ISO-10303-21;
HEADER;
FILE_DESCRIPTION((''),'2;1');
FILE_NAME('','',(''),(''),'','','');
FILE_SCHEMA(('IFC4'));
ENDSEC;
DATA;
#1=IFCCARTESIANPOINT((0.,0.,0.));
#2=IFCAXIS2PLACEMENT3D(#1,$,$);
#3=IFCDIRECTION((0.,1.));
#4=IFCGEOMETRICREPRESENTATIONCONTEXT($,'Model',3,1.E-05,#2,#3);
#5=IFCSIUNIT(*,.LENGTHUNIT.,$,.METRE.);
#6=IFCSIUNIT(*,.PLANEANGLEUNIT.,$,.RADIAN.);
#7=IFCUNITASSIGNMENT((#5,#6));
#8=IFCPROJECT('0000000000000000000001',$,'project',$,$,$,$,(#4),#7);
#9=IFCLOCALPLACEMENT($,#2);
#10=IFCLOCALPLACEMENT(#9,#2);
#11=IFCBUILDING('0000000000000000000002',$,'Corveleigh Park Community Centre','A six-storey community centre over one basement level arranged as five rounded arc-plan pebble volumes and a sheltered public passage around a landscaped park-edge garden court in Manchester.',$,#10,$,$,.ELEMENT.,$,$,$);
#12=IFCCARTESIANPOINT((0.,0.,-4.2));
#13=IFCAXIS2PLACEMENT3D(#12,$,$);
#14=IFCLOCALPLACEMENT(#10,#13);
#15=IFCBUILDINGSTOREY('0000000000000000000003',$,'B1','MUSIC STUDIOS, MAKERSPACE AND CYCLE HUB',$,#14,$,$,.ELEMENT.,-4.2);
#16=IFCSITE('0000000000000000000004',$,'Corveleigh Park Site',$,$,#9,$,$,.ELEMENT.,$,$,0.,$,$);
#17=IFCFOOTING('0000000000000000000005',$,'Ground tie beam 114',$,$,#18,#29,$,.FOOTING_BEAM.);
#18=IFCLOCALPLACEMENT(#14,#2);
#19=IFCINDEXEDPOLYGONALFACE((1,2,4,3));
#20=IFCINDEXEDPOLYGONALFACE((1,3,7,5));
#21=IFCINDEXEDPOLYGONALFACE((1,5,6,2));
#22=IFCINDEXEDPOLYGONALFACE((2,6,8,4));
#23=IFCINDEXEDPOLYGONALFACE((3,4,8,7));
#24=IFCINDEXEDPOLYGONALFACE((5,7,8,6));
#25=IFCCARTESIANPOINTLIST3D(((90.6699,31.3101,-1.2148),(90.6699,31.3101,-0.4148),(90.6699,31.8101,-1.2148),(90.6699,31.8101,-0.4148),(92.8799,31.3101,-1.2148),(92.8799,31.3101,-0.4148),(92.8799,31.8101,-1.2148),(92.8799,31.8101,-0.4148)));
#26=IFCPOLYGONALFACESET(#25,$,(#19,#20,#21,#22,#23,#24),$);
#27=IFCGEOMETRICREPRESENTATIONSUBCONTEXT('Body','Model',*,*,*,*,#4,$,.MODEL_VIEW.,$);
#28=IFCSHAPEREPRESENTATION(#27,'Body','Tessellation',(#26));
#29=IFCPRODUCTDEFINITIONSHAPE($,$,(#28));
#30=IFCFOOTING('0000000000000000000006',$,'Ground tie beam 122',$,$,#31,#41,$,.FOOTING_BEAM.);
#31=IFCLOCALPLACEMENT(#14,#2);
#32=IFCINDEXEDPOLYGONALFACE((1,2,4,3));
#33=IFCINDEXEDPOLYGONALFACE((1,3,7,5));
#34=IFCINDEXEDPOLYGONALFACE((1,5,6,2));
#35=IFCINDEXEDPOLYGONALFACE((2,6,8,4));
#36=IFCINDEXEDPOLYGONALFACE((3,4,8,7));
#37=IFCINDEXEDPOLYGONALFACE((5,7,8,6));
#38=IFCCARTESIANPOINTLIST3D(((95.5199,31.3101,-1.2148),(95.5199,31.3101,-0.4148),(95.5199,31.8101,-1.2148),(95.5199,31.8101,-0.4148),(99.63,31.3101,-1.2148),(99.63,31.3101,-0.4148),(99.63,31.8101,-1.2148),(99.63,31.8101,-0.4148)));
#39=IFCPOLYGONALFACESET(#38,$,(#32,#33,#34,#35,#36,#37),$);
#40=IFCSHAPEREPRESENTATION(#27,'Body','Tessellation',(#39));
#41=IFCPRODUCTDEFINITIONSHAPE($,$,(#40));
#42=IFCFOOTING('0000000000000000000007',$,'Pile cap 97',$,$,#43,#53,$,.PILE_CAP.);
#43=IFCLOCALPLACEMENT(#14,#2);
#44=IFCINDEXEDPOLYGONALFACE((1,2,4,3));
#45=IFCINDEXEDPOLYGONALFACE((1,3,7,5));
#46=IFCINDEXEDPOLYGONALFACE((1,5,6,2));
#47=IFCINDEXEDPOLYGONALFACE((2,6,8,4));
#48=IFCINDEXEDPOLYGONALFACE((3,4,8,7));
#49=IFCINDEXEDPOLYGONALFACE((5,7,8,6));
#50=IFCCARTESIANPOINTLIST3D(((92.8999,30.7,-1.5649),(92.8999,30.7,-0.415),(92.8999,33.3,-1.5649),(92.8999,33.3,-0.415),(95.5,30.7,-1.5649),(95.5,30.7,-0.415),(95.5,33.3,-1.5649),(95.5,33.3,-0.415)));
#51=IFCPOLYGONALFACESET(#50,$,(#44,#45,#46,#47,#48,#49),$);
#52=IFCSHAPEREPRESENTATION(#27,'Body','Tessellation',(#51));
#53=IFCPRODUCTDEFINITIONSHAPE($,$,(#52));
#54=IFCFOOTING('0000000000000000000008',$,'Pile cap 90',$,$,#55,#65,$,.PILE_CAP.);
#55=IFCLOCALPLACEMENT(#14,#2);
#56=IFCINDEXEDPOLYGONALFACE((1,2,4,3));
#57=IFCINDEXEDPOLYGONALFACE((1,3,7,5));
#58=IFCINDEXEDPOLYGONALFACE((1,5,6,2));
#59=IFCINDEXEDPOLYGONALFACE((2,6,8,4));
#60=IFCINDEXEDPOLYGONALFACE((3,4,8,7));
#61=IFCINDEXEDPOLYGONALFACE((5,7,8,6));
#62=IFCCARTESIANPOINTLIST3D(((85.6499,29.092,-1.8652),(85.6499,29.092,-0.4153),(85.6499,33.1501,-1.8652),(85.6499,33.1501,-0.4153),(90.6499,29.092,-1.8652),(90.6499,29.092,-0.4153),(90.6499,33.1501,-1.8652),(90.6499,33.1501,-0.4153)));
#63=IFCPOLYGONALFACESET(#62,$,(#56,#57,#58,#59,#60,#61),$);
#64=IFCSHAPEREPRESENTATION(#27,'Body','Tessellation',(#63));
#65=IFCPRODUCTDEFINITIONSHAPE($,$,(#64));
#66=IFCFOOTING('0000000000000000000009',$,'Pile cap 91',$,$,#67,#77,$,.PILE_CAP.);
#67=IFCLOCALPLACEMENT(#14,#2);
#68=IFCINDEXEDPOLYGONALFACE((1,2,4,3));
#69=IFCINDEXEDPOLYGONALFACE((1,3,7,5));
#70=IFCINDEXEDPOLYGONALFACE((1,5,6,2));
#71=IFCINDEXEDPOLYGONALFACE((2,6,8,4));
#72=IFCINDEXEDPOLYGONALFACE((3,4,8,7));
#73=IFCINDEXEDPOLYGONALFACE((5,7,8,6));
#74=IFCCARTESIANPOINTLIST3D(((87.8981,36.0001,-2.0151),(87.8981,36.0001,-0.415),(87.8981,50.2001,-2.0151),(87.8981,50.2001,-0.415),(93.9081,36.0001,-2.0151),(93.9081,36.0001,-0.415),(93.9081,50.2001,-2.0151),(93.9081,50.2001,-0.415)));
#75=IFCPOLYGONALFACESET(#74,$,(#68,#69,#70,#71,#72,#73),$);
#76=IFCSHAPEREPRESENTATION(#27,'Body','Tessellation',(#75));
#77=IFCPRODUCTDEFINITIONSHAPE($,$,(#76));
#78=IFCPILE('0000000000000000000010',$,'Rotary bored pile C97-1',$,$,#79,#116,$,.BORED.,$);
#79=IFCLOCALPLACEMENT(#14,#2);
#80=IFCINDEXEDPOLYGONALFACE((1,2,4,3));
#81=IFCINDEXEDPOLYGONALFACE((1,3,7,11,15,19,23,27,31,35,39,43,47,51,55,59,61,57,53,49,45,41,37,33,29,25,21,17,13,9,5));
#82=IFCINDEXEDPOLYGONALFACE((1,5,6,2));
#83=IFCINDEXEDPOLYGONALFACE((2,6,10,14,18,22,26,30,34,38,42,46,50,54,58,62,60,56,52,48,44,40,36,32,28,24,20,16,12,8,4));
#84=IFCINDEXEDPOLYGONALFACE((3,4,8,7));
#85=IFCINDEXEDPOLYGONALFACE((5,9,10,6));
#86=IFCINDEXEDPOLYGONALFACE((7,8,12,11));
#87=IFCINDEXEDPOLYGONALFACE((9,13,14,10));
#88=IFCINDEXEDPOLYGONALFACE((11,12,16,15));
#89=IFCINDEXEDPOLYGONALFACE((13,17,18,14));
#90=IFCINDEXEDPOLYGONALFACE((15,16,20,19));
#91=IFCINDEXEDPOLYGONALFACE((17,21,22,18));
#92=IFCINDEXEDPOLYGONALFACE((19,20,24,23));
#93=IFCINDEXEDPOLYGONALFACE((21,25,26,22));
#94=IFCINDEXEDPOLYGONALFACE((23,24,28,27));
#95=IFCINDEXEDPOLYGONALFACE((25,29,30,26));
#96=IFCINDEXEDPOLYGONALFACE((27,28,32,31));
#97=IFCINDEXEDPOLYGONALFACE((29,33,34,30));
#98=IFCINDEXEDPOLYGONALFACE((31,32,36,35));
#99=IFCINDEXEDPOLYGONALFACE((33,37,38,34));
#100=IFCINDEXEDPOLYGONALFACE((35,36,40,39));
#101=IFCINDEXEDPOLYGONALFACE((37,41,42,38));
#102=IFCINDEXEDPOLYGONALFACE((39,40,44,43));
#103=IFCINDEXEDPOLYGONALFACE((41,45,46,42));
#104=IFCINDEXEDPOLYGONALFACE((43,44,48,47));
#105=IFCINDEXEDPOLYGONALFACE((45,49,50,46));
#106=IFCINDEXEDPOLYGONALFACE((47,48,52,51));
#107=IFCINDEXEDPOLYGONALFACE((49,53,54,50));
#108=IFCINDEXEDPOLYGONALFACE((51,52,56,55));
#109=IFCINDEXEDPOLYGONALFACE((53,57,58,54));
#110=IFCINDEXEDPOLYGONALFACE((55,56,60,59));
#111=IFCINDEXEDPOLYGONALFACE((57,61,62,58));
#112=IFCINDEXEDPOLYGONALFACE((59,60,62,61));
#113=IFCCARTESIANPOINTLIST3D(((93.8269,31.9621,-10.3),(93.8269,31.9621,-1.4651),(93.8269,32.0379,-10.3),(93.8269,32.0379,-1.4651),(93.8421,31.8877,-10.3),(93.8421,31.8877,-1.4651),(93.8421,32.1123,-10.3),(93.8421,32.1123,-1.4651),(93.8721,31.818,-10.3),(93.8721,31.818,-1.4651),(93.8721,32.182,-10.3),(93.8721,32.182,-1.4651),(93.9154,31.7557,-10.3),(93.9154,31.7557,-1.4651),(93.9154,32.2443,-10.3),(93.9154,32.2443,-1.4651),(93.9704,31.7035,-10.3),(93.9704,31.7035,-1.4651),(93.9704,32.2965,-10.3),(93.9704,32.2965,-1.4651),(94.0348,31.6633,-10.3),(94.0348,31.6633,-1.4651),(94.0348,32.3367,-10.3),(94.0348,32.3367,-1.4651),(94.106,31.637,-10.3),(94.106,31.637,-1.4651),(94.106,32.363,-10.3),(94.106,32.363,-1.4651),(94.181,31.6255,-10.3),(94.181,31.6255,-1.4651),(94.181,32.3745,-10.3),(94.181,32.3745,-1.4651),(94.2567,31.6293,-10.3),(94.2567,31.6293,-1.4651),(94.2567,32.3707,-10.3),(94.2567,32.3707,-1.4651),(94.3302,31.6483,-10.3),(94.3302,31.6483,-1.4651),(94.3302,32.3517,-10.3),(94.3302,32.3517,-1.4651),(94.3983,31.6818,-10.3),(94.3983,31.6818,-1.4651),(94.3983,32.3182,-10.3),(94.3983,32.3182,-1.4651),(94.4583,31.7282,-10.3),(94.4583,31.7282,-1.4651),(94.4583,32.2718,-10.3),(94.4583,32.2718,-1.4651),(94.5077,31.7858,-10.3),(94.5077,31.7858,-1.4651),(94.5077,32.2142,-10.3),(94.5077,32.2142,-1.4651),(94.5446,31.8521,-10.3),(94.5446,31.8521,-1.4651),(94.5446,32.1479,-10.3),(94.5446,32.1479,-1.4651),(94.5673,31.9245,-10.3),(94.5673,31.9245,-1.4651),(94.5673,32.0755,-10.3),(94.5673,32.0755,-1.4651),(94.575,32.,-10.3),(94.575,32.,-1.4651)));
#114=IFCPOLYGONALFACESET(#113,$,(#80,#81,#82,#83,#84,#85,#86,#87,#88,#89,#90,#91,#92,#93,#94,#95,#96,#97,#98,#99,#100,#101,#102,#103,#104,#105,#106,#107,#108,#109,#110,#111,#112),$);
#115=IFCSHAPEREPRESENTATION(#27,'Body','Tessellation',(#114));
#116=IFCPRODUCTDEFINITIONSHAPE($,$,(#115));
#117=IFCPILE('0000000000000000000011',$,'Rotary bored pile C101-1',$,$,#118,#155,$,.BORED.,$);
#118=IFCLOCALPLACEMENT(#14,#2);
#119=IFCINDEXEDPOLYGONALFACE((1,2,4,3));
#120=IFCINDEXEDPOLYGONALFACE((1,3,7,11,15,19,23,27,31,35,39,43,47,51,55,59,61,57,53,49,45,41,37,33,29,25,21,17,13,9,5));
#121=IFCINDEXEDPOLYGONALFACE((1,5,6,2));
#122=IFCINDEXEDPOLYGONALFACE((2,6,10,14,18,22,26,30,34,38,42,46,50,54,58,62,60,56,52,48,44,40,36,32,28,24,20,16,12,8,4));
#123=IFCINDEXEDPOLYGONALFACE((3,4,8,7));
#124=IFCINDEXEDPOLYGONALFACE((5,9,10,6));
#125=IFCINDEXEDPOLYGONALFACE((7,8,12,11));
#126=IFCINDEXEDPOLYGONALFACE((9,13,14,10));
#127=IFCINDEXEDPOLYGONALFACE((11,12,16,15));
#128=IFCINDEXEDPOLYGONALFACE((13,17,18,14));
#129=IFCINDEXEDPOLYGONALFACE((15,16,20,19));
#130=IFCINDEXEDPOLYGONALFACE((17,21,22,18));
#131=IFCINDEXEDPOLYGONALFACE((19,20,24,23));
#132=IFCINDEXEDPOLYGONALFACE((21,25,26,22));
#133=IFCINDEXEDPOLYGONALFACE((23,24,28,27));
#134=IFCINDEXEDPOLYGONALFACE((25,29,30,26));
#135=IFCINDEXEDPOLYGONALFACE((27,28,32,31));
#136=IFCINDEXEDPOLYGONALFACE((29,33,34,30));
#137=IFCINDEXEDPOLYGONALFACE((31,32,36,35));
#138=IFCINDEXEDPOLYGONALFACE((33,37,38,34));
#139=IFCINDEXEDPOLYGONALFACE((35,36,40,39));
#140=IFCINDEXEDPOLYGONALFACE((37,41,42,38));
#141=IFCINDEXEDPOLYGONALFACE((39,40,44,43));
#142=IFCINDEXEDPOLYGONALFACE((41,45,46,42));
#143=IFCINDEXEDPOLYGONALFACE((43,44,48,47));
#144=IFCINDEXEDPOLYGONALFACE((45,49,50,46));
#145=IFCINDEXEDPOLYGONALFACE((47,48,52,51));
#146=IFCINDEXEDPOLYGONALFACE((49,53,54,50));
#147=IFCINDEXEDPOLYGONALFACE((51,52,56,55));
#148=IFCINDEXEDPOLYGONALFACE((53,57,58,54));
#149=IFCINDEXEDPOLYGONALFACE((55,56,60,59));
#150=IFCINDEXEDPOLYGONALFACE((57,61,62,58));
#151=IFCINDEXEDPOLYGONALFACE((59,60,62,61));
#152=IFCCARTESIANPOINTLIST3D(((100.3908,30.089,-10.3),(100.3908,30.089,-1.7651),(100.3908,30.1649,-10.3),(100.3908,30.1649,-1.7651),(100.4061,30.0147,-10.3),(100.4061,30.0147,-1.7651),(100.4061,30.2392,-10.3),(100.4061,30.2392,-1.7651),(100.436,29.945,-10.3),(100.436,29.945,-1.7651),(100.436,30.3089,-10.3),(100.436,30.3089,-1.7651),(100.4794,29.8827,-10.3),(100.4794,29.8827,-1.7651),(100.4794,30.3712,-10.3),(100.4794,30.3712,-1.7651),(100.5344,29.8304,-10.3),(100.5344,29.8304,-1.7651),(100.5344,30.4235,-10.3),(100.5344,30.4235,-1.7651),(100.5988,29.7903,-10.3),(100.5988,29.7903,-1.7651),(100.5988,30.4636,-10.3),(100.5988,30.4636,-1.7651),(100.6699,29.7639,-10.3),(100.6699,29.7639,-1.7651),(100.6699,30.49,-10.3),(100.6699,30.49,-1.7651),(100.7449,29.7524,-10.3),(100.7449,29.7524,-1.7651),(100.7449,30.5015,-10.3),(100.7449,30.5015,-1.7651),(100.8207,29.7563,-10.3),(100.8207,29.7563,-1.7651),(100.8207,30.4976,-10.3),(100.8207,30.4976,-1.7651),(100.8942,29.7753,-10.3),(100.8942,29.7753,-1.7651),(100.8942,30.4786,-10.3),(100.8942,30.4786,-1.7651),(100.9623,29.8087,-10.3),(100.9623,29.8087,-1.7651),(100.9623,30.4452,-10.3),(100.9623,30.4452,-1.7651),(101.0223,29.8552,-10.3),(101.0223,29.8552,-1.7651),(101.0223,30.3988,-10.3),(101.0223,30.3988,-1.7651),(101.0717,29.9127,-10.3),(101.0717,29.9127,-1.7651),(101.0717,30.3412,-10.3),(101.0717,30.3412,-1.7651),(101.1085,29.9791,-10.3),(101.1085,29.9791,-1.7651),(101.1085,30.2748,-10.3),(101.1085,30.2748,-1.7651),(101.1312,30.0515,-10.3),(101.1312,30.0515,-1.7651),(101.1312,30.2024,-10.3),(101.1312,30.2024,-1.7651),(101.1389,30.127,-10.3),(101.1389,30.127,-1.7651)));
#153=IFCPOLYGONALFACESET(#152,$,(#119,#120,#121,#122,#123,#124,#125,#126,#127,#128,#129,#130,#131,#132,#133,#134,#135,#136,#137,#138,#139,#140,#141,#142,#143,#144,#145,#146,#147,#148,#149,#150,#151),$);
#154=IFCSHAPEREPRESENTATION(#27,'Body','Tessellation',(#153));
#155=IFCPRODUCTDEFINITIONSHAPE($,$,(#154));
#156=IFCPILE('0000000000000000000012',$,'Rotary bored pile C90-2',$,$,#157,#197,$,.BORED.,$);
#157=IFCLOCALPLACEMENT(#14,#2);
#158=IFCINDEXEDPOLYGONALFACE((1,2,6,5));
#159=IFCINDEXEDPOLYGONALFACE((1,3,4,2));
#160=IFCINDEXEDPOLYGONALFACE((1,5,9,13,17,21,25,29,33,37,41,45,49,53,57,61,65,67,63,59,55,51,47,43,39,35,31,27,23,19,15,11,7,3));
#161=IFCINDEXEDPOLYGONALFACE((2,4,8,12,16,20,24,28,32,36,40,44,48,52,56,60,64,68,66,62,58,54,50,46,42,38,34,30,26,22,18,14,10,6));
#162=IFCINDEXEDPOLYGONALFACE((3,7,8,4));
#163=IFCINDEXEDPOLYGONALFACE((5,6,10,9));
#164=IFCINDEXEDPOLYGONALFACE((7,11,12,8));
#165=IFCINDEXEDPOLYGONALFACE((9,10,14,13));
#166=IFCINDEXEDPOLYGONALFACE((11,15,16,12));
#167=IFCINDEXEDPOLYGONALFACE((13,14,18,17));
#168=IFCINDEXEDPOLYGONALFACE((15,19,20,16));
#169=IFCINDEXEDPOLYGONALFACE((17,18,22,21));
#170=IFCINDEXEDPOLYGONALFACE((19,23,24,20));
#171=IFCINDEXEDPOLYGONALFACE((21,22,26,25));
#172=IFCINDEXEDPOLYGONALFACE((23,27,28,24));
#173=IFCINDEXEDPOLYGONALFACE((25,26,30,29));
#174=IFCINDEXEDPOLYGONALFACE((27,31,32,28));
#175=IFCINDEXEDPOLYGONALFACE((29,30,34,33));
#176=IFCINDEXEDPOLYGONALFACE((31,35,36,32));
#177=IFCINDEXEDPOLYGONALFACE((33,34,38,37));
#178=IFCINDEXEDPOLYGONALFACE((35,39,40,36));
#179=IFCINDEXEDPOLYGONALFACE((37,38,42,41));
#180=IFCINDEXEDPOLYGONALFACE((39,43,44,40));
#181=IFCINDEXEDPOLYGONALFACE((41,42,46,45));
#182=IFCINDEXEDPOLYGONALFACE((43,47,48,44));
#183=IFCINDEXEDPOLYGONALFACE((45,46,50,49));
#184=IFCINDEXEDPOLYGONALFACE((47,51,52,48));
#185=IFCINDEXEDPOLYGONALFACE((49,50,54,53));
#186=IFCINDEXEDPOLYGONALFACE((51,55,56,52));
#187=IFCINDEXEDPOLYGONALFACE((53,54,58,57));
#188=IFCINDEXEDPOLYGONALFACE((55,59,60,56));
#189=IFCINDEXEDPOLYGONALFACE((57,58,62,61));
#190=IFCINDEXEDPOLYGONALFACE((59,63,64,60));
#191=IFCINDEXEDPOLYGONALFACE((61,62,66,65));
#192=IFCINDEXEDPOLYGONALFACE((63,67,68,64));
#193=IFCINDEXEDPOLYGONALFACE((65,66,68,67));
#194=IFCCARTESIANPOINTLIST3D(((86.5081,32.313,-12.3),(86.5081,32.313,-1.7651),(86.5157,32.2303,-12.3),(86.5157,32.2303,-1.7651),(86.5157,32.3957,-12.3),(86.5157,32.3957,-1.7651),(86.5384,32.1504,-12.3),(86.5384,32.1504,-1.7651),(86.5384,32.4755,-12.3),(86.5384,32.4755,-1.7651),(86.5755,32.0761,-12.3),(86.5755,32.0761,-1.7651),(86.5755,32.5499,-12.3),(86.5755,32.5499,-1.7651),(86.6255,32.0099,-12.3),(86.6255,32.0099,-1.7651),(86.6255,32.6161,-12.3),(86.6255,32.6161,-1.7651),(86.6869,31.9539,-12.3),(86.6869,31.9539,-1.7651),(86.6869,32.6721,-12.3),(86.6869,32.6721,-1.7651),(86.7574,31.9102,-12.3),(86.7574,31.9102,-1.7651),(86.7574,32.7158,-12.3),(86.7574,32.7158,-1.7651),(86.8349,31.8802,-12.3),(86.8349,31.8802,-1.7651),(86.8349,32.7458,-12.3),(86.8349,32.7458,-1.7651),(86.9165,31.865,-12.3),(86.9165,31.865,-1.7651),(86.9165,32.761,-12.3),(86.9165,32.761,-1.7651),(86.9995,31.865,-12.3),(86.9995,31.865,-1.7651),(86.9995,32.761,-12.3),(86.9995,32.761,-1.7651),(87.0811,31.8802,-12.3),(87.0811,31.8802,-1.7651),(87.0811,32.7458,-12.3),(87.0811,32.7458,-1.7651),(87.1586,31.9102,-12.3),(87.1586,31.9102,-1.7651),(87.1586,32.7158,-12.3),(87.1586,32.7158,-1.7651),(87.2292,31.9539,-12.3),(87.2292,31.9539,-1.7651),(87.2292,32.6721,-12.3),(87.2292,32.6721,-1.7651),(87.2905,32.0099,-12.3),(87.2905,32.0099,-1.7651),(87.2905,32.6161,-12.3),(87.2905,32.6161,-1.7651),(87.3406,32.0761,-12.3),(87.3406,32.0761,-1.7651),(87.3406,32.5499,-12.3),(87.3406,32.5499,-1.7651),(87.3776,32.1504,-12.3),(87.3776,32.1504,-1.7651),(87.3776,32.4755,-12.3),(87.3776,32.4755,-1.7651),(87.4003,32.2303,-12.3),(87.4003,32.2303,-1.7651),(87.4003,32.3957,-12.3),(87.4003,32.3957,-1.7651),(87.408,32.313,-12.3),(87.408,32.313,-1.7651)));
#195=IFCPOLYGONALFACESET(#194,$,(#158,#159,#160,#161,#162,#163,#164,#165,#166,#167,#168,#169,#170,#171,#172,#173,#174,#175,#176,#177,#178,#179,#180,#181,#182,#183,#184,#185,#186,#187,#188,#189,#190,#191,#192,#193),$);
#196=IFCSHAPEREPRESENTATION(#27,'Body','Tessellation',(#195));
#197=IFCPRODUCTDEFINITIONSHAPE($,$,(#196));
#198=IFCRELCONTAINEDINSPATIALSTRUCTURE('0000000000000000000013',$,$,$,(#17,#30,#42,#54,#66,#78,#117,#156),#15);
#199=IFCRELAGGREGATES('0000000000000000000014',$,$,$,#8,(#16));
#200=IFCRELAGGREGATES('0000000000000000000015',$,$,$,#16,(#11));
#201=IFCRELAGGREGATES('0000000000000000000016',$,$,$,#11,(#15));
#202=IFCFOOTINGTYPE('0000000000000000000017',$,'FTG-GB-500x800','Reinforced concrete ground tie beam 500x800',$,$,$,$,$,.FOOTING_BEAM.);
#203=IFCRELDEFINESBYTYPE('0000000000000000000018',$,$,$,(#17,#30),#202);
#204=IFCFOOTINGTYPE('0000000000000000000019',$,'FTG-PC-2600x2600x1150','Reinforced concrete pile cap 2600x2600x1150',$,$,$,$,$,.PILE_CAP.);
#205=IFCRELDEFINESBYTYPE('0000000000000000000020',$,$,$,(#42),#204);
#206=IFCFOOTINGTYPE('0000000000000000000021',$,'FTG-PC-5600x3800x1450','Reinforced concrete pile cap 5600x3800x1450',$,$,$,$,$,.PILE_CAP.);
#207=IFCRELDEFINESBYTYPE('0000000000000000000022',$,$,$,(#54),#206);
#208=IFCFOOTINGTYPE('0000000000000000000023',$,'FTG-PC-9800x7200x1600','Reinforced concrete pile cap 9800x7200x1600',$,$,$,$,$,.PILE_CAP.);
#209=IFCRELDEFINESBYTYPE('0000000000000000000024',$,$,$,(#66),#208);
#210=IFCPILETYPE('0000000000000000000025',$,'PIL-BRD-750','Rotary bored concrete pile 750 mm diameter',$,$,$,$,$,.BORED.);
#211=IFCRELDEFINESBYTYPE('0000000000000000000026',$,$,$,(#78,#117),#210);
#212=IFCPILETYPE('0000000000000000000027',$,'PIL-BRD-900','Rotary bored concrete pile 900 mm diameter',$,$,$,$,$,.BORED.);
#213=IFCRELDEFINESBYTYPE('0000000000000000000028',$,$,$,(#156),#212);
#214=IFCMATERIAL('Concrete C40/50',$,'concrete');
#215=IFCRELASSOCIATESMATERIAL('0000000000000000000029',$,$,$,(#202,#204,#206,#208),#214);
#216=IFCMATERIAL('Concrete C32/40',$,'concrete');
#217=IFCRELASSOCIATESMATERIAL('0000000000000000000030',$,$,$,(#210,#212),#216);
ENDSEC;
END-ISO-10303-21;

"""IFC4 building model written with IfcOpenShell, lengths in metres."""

from ifc_helpers import new_model, si_unit, direction, frame, origin, origin_2d, place, context, subcontext, project, spatial, rectangle, circle, extrude, material, material_profile, profile_set, type_object, element, save


model = new_model("IFC4")

# Units and contexts
model_context = context("Model", 3, precision=1e-05, world=origin(), true_north=direction((0.0, 1.0)))
body_context = subcontext(model_context, "Body", "Model", "MODEL_VIEW")
ifc_project = project(units=[si_unit("LENGTHUNIT", "METRE"), si_unit("PLANEANGLEUNIT", "RADIAN")], contexts=[model_context])

# Site, building, storey
site_placement = place(None, origin())
site = spatial("IfcSite", under=ifc_project, at=site_placement, Name="Corveleigh Park Site", CompositionType="ELEMENT", RefElevation=0.0)
building_placement = place(site_placement, origin())
building = spatial("IfcBuilding", under=site, at=building_placement, Name="Corveleigh Park Community Centre", Description="A six-storey community centre over one basement level arranged as five rounded arc-plan pebble volumes and a sheltered public passage around a landscaped park-edge garden court in Manchester.", CompositionType="ELEMENT")
storey_placement = place(building_placement, frame((0.0, 0.0, -4.2)))
storey = spatial("IfcBuildingStorey", under=building, at=storey_placement, Name="B1", Description="MUSIC STUDIOS, MAKERSPACE AND CYCLE HUB", CompositionType="ELEMENT", Elevation=-4.2)

# Footings
ifc_material_1 = material(Name="Concrete C40/50", Category="concrete")
footing_type_1 = type_object("IfcFootingType", Name="FTG-GB-500x800", Description="Reinforced concrete ground tie beam 500x800", PredefinedType="FOOTING_BEAM", material=ifc_material_1)
footing_1_placement = place(storey_placement, frame((91.7749, 31.5601, -1.2148), z_axis=(0.0, 0.0, 1.0), x_axis=(1.0, 0.0, 0.0)))
element("IfcFooting", 1, at=footing_1_placement, inside=storey, type_object=footing_type_1, Name="Ground tie beam 114", PredefinedType="FOOTING_BEAM", context=body_context, shape_type="SweptSolid", body=[
    extrude(rectangle(XDim=2.21, YDim=0.5, at=origin_2d()), origin(), (0.0, 0.0, 1.0), 0.8),
])
footing_2_placement = place(storey_placement, frame((97.575, 31.5601, -1.2148), z_axis=(0.0, 0.0, 1.0), x_axis=(1.0, 0.0, 0.0)))
element("IfcFooting", 2, at=footing_2_placement, inside=storey, type_object=footing_type_1, Name="Ground tie beam 122", PredefinedType="FOOTING_BEAM", context=body_context, shape_type="SweptSolid", body=[
    extrude(rectangle(XDim=4.1101, YDim=0.5, at=origin_2d()), origin(), (0.0, 0.0, 1.0), 0.8),
])
footing_type_2 = type_object("IfcFootingType", Name="FTG-PC-2600x2600x1150", Description="Reinforced concrete pile cap 2600x2600x1150", PredefinedType="PILE_CAP", material=ifc_material_1)
footing_3_placement = place(storey_placement, frame((94.2, 32.0, -1.5649), z_axis=(0.0, 0.0, 1.0), x_axis=(1.0, 0.0, 0.0)))
element("IfcFooting", 3, at=footing_3_placement, inside=storey, type_object=footing_type_2, Name="Pile cap 97", PredefinedType="PILE_CAP", context=body_context, shape_type="SweptSolid", body=[
    extrude(rectangle(XDim=2.6001, YDim=2.6001, at=origin_2d()), origin(), (0.0, 0.0, 1.0), 1.1499),
])
footing_type_3 = type_object("IfcFootingType", Name="FTG-PC-5600x3800x1450", Description="Reinforced concrete pile cap 5600x3800x1450", PredefinedType="PILE_CAP", material=ifc_material_1)
footing_4_placement = place(storey_placement, frame((88.1499, 31.1211, -1.8652), z_axis=(0.0, 0.0, 1.0), x_axis=(1.0, 0.0, 0.0)))
element("IfcFooting", 4, at=footing_4_placement, inside=storey, type_object=footing_type_3, Name="Pile cap 90", PredefinedType="PILE_CAP", context=body_context, shape_type="SweptSolid", body=[
    extrude(rectangle(XDim=5.0, YDim=4.0581, at=origin_2d()), origin(), (0.0, 0.0, 1.0), 1.45),
])
footing_type_4 = type_object("IfcFootingType", Name="FTG-PC-9800x7200x1600", Description="Reinforced concrete pile cap 9800x7200x1600", PredefinedType="PILE_CAP", material=ifc_material_1)
footing_5_placement = place(storey_placement, frame((90.9031, 43.1001, -2.0151), z_axis=(0.0, 0.0, 1.0), x_axis=(1.0, 0.0, 0.0)))
element("IfcFooting", 5, at=footing_5_placement, inside=storey, type_object=footing_type_4, Name="Pile cap 91", PredefinedType="PILE_CAP", context=body_context, shape_type="SweptSolid", body=[
    extrude(rectangle(XDim=6.01, YDim=14.2, at=origin_2d()), origin(), (0.0, 0.0, 1.0), 1.6001),
])

# Piles
ifc_material_2 = material(Name="Concrete C32/40", Category="concrete")
ifc_material_profile_1 = material_profile(ifc_material_2, circle(Radius=0.375, at=origin_2d()), Name="BORED-PILE-750", Category="concrete")
ifc_profile_set_1 = profile_set([ifc_material_profile_1], Name="Concrete C32/40")
pile_type_1 = type_object("IfcPileType", Name="PIL-BRD-750", Description="Rotary bored concrete pile 750 mm diameter", PredefinedType="BORED", material=ifc_profile_set_1)
pile_1_placement = place(storey_placement, frame((94.2, 32.0, -1.4651), z_axis=(0.0, 0.0, -1.0), x_axis=(1.0, 0.0, 0.0)))
element("IfcPile", 6, at=pile_1_placement, inside=storey, type_object=pile_type_1, Name="Rotary bored pile C97-1", PredefinedType="BORED", context=body_context, shape_type="SweptSolid", body=[
    extrude(circle(Radius=0.375, at=origin_2d()), origin(), (0.0, 0.0, 1.0), 8.835),
])
pile_2_placement = place(storey_placement, frame((100.7639, 30.127, -1.7651), z_axis=(0.0, 0.0, -1.0), x_axis=(1.0, 0.0, 0.0)))
element("IfcPile", 7, at=pile_2_placement, inside=storey, type_object=pile_type_1, Name="Rotary bored pile C101-1", PredefinedType="BORED", context=body_context, shape_type="SweptSolid", body=[
    extrude(circle(Radius=0.375, at=origin_2d()), origin(), (0.0, 0.0, 1.0), 8.5349),
])
ifc_material_profile_2 = material_profile(ifc_material_2, circle(Radius=0.45, at=origin_2d()), Name="BORED-PILE-900", Category="concrete")
ifc_profile_set_2 = profile_set([ifc_material_profile_2], Name="Concrete C32/40")
pile_type_2 = type_object("IfcPileType", Name="PIL-BRD-900", Description="Rotary bored concrete pile 900 mm diameter", PredefinedType="BORED", material=ifc_profile_set_2)
for number, where, z_axis, x_axis, name in (
    (8, (86.958, 32.313, -1.7651), (0.0, 0.0, -1.0), (1.0, 0.0, 0.0), "Rotary bored pile C90-2"),
):
    element("IfcPile", number, at=place(storey_placement, frame(where, z_axis=z_axis, x_axis=x_axis)), inside=storey, type_object=pile_type_2, Name=name, PredefinedType="BORED", context=body_context, shape_type="SweptSolid", body=[
        extrude(circle(Radius=0.45, at=origin_2d()), origin(), (0.0, 0.0, 1.0), 10.5349),
    ])

save(model, "model.ifc")
